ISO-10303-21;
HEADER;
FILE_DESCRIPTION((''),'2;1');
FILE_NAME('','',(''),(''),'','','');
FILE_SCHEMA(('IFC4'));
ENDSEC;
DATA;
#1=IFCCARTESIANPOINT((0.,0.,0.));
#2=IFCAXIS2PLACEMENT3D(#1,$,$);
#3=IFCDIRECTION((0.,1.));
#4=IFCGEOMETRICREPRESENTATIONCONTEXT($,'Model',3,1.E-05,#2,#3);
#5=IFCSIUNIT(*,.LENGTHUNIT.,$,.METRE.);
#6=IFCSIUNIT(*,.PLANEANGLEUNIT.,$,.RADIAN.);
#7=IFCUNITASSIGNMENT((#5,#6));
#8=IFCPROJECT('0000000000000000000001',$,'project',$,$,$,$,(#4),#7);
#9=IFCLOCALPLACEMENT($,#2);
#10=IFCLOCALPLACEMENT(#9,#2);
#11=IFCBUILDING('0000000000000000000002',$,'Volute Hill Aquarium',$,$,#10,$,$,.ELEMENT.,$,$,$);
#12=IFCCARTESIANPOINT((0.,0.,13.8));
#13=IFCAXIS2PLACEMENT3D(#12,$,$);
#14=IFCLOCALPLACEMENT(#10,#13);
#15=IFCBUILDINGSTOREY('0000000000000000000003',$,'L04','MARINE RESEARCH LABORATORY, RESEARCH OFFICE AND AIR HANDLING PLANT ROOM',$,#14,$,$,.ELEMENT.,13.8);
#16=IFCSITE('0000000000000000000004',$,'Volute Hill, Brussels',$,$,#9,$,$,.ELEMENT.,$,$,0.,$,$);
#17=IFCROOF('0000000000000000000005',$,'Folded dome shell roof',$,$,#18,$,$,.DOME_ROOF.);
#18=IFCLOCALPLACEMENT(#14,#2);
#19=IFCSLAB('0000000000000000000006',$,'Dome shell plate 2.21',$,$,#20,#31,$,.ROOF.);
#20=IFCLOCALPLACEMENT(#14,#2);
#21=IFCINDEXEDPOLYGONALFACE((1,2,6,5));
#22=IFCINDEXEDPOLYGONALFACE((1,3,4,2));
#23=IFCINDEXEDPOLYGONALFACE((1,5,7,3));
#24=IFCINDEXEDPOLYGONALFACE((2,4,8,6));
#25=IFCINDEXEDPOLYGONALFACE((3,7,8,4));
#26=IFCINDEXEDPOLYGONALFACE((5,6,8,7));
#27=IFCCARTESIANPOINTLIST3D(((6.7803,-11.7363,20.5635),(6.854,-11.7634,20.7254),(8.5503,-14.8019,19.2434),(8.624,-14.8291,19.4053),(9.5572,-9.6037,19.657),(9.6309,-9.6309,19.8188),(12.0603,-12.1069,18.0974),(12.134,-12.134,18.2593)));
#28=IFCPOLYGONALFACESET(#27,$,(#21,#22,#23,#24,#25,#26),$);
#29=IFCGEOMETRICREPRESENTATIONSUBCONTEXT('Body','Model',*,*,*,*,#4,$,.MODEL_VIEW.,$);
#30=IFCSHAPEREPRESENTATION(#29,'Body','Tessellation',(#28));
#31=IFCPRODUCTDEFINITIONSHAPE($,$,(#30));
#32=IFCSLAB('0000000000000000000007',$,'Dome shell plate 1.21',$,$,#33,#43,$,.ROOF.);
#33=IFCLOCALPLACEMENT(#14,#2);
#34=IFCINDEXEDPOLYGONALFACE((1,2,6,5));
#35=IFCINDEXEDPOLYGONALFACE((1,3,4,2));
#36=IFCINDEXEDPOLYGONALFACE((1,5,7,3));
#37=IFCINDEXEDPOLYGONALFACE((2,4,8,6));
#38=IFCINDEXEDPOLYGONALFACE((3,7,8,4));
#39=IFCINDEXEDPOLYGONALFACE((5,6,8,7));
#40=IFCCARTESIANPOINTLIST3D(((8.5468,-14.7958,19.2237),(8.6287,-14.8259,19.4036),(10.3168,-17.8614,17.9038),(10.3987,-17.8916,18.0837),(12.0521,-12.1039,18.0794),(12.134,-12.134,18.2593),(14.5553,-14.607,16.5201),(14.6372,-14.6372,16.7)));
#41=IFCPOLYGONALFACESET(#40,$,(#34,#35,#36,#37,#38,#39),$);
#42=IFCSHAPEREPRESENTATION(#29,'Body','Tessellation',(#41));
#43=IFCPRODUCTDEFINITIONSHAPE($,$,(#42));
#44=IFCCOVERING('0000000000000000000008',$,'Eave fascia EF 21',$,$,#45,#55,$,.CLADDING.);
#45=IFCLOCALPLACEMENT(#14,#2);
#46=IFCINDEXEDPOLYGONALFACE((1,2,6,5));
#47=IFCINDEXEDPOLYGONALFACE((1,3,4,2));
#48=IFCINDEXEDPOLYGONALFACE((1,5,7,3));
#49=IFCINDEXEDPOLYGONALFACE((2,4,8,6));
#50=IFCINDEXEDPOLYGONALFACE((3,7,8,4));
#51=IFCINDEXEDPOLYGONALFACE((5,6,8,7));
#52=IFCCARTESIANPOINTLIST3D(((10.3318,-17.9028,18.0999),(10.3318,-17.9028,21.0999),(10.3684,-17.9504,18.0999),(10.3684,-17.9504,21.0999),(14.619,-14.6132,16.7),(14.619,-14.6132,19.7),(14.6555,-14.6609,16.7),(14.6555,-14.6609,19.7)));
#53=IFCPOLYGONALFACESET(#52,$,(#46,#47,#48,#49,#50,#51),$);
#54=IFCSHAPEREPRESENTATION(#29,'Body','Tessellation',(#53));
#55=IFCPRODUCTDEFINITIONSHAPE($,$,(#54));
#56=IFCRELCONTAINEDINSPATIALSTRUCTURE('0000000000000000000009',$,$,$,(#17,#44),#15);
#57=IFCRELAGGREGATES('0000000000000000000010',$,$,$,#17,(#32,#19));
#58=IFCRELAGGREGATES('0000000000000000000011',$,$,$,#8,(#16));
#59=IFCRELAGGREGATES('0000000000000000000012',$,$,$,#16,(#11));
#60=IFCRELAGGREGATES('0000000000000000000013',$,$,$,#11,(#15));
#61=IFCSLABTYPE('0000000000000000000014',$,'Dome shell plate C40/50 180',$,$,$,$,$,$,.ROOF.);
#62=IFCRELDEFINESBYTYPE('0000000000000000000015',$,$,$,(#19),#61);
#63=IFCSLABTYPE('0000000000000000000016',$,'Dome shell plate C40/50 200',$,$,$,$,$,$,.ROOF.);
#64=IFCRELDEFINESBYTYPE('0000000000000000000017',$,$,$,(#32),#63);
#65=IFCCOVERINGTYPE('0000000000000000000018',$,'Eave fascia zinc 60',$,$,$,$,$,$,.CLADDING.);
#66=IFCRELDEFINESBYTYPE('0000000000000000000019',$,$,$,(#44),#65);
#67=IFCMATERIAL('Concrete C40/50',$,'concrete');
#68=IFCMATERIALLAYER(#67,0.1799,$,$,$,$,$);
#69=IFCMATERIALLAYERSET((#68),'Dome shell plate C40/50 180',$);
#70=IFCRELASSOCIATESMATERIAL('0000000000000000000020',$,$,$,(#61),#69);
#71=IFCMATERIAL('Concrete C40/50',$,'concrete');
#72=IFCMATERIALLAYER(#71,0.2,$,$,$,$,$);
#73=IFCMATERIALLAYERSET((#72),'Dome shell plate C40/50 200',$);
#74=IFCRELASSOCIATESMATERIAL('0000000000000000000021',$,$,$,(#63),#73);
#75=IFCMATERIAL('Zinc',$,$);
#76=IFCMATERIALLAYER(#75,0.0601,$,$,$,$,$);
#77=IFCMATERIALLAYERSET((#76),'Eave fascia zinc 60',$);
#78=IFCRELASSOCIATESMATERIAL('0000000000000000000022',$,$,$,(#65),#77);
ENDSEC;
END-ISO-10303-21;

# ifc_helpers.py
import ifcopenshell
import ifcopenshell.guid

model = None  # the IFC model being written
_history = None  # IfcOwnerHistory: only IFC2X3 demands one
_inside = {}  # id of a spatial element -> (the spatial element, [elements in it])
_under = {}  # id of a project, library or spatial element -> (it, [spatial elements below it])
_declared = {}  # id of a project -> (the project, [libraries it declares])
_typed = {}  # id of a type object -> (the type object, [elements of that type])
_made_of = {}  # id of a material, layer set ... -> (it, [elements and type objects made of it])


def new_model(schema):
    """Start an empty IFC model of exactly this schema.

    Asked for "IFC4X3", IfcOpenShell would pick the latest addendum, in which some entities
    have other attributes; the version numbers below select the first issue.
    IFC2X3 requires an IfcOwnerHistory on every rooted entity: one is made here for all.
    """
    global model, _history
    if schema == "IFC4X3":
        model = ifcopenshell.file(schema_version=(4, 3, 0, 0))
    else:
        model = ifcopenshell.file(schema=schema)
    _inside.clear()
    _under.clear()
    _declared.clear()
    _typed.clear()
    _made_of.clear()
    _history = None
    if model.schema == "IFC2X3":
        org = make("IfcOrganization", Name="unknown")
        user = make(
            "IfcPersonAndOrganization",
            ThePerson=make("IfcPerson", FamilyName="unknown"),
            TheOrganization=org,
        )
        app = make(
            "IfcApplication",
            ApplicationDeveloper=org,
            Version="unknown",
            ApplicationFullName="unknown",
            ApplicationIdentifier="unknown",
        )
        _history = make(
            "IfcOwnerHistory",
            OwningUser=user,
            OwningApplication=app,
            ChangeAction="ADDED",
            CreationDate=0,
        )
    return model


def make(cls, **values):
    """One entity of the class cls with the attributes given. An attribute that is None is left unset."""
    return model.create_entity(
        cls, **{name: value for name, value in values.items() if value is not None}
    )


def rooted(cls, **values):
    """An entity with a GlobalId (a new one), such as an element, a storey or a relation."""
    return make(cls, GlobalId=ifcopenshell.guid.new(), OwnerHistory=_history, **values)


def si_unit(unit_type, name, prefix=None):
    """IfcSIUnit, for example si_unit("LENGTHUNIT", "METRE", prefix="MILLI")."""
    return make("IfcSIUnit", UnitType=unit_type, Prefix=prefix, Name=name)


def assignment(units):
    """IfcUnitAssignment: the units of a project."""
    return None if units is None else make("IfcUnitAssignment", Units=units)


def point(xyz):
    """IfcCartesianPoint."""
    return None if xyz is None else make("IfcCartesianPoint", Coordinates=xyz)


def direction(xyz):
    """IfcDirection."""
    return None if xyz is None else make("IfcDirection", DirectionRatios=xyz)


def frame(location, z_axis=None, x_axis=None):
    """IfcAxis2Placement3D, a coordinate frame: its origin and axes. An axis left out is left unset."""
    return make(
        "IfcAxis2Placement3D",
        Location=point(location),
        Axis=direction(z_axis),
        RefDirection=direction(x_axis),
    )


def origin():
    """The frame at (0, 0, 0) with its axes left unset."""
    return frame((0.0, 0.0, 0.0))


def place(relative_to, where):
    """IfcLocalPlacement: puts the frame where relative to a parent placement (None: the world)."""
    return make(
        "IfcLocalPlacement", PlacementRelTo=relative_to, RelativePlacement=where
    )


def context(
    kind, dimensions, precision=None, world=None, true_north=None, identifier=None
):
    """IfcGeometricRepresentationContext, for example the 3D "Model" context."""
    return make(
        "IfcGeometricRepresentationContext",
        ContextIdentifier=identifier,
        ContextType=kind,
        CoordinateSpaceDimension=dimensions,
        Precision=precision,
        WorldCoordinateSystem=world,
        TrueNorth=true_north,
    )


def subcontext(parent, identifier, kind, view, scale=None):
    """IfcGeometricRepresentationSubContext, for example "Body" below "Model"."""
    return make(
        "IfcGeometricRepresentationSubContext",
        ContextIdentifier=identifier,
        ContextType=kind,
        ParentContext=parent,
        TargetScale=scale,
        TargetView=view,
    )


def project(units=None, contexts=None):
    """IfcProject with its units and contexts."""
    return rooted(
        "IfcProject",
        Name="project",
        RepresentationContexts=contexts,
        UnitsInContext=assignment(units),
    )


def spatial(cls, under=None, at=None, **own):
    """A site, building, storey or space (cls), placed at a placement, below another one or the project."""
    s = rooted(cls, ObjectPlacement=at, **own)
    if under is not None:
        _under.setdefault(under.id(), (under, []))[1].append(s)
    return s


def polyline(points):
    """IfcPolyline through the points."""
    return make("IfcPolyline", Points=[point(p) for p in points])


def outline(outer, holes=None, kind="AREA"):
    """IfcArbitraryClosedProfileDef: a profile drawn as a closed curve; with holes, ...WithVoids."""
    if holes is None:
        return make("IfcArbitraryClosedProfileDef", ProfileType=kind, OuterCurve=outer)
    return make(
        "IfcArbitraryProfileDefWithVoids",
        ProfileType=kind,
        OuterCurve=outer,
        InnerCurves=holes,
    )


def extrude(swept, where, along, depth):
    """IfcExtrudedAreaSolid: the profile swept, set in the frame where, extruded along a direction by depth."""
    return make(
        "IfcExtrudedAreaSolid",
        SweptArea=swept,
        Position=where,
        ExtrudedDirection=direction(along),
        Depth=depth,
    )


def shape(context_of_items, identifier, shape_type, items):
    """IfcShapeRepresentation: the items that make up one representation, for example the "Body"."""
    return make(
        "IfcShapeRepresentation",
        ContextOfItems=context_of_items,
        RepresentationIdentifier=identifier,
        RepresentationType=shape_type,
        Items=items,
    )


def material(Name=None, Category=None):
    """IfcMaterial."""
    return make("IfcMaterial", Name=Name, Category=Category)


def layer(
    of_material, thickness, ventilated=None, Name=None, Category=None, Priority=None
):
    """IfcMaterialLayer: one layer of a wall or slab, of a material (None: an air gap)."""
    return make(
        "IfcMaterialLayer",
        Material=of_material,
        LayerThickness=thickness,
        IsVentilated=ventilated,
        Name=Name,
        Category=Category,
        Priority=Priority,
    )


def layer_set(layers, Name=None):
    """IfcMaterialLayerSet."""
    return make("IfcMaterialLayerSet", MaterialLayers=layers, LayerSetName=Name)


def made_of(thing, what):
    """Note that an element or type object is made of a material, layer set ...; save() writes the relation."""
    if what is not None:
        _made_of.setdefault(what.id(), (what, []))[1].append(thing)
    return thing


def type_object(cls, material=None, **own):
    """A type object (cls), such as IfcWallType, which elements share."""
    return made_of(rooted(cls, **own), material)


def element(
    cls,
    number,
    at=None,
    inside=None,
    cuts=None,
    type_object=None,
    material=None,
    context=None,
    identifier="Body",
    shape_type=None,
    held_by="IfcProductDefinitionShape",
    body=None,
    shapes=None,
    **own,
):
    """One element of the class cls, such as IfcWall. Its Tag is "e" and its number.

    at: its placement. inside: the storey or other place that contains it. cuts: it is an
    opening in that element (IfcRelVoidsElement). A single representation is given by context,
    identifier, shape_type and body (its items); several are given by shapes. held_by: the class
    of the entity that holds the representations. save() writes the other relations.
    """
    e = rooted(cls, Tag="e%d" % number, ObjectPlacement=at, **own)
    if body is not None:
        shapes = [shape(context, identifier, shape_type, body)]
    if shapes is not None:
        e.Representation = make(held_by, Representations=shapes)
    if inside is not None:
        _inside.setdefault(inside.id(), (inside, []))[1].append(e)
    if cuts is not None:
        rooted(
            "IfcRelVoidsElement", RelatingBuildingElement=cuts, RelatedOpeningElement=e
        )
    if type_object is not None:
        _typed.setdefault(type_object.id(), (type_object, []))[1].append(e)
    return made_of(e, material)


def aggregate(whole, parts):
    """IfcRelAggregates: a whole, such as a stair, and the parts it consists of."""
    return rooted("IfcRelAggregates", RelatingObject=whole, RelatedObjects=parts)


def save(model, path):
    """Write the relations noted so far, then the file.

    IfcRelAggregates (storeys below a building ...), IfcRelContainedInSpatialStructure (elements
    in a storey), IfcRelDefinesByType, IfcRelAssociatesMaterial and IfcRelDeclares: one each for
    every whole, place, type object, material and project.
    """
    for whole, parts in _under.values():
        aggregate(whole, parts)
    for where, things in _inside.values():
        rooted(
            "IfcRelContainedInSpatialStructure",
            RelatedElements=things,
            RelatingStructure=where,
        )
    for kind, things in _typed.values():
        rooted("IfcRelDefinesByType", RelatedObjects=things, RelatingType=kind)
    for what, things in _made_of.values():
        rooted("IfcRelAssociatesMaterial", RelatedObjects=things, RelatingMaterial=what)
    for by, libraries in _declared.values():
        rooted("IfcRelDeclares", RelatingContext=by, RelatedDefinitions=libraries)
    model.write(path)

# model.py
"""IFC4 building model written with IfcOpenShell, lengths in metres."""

from ifc_helpers import new_model, si_unit, direction, frame, origin, place, context, subcontext, project, spatial, polyline, outline, extrude, material, layer, layer_set, type_object, element, aggregate, save


model = new_model("IFC4")

# Units and contexts
model_context = context("Model", 3, precision=1e-05, world=origin(), true_north=direction((0.0, 1.0)))
body_context = subcontext(model_context, "Body", "Model", "MODEL_VIEW")
ifc_project = project(units=[si_unit("LENGTHUNIT", "METRE"), si_unit("PLANEANGLEUNIT", "RADIAN")], contexts=[model_context])

# Site, building, storey
site_placement = place(None, origin())
site = spatial("IfcSite", under=ifc_project, at=site_placement, Name="Volute Hill, Brussels", CompositionType="ELEMENT", RefElevation=0.0)
building_placement = place(site_placement, origin())
building = spatial("IfcBuilding", under=site, at=building_placement, Name="Volute Hill Aquarium", CompositionType="ELEMENT")
storey_placement = place(building_placement, frame((0.0, 0.0, 13.8)))
storey = spatial("IfcBuildingStorey", under=building, at=storey_placement, Name="L04", Description="MARINE RESEARCH LABORATORY, RESEARCH OFFICE AND AIR HANDLING PLANT ROOM", CompositionType="ELEMENT", Elevation=13.8)

# Roof, slabs
roof_placement = place(storey_placement, origin())
roof = element("IfcRoof", 1, at=roof_placement, inside=storey, Name="Folded dome shell roof", PredefinedType="DOME_ROOF")
ifc_material_1 = material(Name="Concrete C40/50", Category="concrete")
ifc_layer_1 = layer(ifc_material_1, 0.1799)
ifc_layer_set_1 = layer_set([ifc_layer_1], Name="Dome shell plate C40/50 180")
slab_type_1 = type_object("IfcSlabType", Name="Dome shell plate C40/50 180", PredefinedType="ROOF", material=ifc_layer_set_1)
slab_1_placement = place(storey_placement, frame((8.624, -14.8291, 19.4053), z_axis=(0.409612, -0.150917, 0.89969), x_axis=(0.767837, 0.589561, -0.250687)))
slab_1 = element("IfcSlab", 2, at=slab_1_placement, type_object=slab_type_1, Name="Dome shell plate 2.21", PredefinedType="ROOF", context=body_context, shape_type="SweptSolid", body=[
    extrude(outline(polyline([(0.0, 0.0), (4.5713, 0.0), (3.7341, 3.7766), (0.1174, 3.7763), (0.0, 0.0)])), origin(), (0.0, 0.0, -1.0), 0.1799),
])
ifc_material_2 = material(Name="Concrete C40/50", Category="concrete")
ifc_layer_2 = layer(ifc_material_2, 0.2)
ifc_layer_set_2 = layer_set([ifc_layer_2], Name="Dome shell plate C40/50 200")
slab_type_2 = type_object("IfcSlabType", Name="Dome shell plate C40/50 200", PredefinedType="ROOF", material=ifc_layer_set_2)
slab_2_placement = place(storey_placement, frame((10.3987, -17.8916, 18.0837), z_axis=(0.409575, -0.150878, 0.899713), x_axis=(0.767843, 0.589557, -0.250678)))
slab_2 = element("IfcSlab", 3, at=slab_2_placement, type_object=slab_type_2, Name="Dome shell plate 1.21", PredefinedType="ROOF", context=body_context, shape_type="SweptSolid", body=[
    extrude(outline(polyline([(0.0, 0.0), (5.5201, 0.0), (4.6829, 3.7766), (0.1174, 3.7762), (0.0, 0.0)])), origin(), (0.0, 0.0, -1.0), 0.2),
])
aggregate(roof, [slab_2, slab_1])

# Covering
ifc_material_3 = material(Name="Zinc")
ifc_layer_3 = layer(ifc_material_3, 0.0601)
ifc_layer_set_3 = layer_set([ifc_layer_3], Name="Eave fascia zinc 60")
covering_type = type_object("IfcCoveringType", Name="Eave fascia zinc 60", PredefinedType="CLADDING", material=ifc_layer_set_3)
covering_placement = place(storey_placement, frame((10.3684, -17.9504, 18.0999), z_axis=(0.608754, -0.793359, 0.0), x_axis=(0.768006, 0.5893, -0.250783)))
element("IfcCovering", 4, at=covering_placement, inside=storey, type_object=covering_type, Name="Eave fascia EF 21", PredefinedType="CLADDING", context=body_context, shape_type="SweptSolid", body=[
    extrude(outline(polyline([(0.0, 0.0), (5.5821, 0.0), (4.8298, 2.9041), (-0.7523, 2.9041), (0.0, 0.0)])), origin(), (0.0, 0.0, -1.0), 0.0601),
])

save(model, "model.ifc")
